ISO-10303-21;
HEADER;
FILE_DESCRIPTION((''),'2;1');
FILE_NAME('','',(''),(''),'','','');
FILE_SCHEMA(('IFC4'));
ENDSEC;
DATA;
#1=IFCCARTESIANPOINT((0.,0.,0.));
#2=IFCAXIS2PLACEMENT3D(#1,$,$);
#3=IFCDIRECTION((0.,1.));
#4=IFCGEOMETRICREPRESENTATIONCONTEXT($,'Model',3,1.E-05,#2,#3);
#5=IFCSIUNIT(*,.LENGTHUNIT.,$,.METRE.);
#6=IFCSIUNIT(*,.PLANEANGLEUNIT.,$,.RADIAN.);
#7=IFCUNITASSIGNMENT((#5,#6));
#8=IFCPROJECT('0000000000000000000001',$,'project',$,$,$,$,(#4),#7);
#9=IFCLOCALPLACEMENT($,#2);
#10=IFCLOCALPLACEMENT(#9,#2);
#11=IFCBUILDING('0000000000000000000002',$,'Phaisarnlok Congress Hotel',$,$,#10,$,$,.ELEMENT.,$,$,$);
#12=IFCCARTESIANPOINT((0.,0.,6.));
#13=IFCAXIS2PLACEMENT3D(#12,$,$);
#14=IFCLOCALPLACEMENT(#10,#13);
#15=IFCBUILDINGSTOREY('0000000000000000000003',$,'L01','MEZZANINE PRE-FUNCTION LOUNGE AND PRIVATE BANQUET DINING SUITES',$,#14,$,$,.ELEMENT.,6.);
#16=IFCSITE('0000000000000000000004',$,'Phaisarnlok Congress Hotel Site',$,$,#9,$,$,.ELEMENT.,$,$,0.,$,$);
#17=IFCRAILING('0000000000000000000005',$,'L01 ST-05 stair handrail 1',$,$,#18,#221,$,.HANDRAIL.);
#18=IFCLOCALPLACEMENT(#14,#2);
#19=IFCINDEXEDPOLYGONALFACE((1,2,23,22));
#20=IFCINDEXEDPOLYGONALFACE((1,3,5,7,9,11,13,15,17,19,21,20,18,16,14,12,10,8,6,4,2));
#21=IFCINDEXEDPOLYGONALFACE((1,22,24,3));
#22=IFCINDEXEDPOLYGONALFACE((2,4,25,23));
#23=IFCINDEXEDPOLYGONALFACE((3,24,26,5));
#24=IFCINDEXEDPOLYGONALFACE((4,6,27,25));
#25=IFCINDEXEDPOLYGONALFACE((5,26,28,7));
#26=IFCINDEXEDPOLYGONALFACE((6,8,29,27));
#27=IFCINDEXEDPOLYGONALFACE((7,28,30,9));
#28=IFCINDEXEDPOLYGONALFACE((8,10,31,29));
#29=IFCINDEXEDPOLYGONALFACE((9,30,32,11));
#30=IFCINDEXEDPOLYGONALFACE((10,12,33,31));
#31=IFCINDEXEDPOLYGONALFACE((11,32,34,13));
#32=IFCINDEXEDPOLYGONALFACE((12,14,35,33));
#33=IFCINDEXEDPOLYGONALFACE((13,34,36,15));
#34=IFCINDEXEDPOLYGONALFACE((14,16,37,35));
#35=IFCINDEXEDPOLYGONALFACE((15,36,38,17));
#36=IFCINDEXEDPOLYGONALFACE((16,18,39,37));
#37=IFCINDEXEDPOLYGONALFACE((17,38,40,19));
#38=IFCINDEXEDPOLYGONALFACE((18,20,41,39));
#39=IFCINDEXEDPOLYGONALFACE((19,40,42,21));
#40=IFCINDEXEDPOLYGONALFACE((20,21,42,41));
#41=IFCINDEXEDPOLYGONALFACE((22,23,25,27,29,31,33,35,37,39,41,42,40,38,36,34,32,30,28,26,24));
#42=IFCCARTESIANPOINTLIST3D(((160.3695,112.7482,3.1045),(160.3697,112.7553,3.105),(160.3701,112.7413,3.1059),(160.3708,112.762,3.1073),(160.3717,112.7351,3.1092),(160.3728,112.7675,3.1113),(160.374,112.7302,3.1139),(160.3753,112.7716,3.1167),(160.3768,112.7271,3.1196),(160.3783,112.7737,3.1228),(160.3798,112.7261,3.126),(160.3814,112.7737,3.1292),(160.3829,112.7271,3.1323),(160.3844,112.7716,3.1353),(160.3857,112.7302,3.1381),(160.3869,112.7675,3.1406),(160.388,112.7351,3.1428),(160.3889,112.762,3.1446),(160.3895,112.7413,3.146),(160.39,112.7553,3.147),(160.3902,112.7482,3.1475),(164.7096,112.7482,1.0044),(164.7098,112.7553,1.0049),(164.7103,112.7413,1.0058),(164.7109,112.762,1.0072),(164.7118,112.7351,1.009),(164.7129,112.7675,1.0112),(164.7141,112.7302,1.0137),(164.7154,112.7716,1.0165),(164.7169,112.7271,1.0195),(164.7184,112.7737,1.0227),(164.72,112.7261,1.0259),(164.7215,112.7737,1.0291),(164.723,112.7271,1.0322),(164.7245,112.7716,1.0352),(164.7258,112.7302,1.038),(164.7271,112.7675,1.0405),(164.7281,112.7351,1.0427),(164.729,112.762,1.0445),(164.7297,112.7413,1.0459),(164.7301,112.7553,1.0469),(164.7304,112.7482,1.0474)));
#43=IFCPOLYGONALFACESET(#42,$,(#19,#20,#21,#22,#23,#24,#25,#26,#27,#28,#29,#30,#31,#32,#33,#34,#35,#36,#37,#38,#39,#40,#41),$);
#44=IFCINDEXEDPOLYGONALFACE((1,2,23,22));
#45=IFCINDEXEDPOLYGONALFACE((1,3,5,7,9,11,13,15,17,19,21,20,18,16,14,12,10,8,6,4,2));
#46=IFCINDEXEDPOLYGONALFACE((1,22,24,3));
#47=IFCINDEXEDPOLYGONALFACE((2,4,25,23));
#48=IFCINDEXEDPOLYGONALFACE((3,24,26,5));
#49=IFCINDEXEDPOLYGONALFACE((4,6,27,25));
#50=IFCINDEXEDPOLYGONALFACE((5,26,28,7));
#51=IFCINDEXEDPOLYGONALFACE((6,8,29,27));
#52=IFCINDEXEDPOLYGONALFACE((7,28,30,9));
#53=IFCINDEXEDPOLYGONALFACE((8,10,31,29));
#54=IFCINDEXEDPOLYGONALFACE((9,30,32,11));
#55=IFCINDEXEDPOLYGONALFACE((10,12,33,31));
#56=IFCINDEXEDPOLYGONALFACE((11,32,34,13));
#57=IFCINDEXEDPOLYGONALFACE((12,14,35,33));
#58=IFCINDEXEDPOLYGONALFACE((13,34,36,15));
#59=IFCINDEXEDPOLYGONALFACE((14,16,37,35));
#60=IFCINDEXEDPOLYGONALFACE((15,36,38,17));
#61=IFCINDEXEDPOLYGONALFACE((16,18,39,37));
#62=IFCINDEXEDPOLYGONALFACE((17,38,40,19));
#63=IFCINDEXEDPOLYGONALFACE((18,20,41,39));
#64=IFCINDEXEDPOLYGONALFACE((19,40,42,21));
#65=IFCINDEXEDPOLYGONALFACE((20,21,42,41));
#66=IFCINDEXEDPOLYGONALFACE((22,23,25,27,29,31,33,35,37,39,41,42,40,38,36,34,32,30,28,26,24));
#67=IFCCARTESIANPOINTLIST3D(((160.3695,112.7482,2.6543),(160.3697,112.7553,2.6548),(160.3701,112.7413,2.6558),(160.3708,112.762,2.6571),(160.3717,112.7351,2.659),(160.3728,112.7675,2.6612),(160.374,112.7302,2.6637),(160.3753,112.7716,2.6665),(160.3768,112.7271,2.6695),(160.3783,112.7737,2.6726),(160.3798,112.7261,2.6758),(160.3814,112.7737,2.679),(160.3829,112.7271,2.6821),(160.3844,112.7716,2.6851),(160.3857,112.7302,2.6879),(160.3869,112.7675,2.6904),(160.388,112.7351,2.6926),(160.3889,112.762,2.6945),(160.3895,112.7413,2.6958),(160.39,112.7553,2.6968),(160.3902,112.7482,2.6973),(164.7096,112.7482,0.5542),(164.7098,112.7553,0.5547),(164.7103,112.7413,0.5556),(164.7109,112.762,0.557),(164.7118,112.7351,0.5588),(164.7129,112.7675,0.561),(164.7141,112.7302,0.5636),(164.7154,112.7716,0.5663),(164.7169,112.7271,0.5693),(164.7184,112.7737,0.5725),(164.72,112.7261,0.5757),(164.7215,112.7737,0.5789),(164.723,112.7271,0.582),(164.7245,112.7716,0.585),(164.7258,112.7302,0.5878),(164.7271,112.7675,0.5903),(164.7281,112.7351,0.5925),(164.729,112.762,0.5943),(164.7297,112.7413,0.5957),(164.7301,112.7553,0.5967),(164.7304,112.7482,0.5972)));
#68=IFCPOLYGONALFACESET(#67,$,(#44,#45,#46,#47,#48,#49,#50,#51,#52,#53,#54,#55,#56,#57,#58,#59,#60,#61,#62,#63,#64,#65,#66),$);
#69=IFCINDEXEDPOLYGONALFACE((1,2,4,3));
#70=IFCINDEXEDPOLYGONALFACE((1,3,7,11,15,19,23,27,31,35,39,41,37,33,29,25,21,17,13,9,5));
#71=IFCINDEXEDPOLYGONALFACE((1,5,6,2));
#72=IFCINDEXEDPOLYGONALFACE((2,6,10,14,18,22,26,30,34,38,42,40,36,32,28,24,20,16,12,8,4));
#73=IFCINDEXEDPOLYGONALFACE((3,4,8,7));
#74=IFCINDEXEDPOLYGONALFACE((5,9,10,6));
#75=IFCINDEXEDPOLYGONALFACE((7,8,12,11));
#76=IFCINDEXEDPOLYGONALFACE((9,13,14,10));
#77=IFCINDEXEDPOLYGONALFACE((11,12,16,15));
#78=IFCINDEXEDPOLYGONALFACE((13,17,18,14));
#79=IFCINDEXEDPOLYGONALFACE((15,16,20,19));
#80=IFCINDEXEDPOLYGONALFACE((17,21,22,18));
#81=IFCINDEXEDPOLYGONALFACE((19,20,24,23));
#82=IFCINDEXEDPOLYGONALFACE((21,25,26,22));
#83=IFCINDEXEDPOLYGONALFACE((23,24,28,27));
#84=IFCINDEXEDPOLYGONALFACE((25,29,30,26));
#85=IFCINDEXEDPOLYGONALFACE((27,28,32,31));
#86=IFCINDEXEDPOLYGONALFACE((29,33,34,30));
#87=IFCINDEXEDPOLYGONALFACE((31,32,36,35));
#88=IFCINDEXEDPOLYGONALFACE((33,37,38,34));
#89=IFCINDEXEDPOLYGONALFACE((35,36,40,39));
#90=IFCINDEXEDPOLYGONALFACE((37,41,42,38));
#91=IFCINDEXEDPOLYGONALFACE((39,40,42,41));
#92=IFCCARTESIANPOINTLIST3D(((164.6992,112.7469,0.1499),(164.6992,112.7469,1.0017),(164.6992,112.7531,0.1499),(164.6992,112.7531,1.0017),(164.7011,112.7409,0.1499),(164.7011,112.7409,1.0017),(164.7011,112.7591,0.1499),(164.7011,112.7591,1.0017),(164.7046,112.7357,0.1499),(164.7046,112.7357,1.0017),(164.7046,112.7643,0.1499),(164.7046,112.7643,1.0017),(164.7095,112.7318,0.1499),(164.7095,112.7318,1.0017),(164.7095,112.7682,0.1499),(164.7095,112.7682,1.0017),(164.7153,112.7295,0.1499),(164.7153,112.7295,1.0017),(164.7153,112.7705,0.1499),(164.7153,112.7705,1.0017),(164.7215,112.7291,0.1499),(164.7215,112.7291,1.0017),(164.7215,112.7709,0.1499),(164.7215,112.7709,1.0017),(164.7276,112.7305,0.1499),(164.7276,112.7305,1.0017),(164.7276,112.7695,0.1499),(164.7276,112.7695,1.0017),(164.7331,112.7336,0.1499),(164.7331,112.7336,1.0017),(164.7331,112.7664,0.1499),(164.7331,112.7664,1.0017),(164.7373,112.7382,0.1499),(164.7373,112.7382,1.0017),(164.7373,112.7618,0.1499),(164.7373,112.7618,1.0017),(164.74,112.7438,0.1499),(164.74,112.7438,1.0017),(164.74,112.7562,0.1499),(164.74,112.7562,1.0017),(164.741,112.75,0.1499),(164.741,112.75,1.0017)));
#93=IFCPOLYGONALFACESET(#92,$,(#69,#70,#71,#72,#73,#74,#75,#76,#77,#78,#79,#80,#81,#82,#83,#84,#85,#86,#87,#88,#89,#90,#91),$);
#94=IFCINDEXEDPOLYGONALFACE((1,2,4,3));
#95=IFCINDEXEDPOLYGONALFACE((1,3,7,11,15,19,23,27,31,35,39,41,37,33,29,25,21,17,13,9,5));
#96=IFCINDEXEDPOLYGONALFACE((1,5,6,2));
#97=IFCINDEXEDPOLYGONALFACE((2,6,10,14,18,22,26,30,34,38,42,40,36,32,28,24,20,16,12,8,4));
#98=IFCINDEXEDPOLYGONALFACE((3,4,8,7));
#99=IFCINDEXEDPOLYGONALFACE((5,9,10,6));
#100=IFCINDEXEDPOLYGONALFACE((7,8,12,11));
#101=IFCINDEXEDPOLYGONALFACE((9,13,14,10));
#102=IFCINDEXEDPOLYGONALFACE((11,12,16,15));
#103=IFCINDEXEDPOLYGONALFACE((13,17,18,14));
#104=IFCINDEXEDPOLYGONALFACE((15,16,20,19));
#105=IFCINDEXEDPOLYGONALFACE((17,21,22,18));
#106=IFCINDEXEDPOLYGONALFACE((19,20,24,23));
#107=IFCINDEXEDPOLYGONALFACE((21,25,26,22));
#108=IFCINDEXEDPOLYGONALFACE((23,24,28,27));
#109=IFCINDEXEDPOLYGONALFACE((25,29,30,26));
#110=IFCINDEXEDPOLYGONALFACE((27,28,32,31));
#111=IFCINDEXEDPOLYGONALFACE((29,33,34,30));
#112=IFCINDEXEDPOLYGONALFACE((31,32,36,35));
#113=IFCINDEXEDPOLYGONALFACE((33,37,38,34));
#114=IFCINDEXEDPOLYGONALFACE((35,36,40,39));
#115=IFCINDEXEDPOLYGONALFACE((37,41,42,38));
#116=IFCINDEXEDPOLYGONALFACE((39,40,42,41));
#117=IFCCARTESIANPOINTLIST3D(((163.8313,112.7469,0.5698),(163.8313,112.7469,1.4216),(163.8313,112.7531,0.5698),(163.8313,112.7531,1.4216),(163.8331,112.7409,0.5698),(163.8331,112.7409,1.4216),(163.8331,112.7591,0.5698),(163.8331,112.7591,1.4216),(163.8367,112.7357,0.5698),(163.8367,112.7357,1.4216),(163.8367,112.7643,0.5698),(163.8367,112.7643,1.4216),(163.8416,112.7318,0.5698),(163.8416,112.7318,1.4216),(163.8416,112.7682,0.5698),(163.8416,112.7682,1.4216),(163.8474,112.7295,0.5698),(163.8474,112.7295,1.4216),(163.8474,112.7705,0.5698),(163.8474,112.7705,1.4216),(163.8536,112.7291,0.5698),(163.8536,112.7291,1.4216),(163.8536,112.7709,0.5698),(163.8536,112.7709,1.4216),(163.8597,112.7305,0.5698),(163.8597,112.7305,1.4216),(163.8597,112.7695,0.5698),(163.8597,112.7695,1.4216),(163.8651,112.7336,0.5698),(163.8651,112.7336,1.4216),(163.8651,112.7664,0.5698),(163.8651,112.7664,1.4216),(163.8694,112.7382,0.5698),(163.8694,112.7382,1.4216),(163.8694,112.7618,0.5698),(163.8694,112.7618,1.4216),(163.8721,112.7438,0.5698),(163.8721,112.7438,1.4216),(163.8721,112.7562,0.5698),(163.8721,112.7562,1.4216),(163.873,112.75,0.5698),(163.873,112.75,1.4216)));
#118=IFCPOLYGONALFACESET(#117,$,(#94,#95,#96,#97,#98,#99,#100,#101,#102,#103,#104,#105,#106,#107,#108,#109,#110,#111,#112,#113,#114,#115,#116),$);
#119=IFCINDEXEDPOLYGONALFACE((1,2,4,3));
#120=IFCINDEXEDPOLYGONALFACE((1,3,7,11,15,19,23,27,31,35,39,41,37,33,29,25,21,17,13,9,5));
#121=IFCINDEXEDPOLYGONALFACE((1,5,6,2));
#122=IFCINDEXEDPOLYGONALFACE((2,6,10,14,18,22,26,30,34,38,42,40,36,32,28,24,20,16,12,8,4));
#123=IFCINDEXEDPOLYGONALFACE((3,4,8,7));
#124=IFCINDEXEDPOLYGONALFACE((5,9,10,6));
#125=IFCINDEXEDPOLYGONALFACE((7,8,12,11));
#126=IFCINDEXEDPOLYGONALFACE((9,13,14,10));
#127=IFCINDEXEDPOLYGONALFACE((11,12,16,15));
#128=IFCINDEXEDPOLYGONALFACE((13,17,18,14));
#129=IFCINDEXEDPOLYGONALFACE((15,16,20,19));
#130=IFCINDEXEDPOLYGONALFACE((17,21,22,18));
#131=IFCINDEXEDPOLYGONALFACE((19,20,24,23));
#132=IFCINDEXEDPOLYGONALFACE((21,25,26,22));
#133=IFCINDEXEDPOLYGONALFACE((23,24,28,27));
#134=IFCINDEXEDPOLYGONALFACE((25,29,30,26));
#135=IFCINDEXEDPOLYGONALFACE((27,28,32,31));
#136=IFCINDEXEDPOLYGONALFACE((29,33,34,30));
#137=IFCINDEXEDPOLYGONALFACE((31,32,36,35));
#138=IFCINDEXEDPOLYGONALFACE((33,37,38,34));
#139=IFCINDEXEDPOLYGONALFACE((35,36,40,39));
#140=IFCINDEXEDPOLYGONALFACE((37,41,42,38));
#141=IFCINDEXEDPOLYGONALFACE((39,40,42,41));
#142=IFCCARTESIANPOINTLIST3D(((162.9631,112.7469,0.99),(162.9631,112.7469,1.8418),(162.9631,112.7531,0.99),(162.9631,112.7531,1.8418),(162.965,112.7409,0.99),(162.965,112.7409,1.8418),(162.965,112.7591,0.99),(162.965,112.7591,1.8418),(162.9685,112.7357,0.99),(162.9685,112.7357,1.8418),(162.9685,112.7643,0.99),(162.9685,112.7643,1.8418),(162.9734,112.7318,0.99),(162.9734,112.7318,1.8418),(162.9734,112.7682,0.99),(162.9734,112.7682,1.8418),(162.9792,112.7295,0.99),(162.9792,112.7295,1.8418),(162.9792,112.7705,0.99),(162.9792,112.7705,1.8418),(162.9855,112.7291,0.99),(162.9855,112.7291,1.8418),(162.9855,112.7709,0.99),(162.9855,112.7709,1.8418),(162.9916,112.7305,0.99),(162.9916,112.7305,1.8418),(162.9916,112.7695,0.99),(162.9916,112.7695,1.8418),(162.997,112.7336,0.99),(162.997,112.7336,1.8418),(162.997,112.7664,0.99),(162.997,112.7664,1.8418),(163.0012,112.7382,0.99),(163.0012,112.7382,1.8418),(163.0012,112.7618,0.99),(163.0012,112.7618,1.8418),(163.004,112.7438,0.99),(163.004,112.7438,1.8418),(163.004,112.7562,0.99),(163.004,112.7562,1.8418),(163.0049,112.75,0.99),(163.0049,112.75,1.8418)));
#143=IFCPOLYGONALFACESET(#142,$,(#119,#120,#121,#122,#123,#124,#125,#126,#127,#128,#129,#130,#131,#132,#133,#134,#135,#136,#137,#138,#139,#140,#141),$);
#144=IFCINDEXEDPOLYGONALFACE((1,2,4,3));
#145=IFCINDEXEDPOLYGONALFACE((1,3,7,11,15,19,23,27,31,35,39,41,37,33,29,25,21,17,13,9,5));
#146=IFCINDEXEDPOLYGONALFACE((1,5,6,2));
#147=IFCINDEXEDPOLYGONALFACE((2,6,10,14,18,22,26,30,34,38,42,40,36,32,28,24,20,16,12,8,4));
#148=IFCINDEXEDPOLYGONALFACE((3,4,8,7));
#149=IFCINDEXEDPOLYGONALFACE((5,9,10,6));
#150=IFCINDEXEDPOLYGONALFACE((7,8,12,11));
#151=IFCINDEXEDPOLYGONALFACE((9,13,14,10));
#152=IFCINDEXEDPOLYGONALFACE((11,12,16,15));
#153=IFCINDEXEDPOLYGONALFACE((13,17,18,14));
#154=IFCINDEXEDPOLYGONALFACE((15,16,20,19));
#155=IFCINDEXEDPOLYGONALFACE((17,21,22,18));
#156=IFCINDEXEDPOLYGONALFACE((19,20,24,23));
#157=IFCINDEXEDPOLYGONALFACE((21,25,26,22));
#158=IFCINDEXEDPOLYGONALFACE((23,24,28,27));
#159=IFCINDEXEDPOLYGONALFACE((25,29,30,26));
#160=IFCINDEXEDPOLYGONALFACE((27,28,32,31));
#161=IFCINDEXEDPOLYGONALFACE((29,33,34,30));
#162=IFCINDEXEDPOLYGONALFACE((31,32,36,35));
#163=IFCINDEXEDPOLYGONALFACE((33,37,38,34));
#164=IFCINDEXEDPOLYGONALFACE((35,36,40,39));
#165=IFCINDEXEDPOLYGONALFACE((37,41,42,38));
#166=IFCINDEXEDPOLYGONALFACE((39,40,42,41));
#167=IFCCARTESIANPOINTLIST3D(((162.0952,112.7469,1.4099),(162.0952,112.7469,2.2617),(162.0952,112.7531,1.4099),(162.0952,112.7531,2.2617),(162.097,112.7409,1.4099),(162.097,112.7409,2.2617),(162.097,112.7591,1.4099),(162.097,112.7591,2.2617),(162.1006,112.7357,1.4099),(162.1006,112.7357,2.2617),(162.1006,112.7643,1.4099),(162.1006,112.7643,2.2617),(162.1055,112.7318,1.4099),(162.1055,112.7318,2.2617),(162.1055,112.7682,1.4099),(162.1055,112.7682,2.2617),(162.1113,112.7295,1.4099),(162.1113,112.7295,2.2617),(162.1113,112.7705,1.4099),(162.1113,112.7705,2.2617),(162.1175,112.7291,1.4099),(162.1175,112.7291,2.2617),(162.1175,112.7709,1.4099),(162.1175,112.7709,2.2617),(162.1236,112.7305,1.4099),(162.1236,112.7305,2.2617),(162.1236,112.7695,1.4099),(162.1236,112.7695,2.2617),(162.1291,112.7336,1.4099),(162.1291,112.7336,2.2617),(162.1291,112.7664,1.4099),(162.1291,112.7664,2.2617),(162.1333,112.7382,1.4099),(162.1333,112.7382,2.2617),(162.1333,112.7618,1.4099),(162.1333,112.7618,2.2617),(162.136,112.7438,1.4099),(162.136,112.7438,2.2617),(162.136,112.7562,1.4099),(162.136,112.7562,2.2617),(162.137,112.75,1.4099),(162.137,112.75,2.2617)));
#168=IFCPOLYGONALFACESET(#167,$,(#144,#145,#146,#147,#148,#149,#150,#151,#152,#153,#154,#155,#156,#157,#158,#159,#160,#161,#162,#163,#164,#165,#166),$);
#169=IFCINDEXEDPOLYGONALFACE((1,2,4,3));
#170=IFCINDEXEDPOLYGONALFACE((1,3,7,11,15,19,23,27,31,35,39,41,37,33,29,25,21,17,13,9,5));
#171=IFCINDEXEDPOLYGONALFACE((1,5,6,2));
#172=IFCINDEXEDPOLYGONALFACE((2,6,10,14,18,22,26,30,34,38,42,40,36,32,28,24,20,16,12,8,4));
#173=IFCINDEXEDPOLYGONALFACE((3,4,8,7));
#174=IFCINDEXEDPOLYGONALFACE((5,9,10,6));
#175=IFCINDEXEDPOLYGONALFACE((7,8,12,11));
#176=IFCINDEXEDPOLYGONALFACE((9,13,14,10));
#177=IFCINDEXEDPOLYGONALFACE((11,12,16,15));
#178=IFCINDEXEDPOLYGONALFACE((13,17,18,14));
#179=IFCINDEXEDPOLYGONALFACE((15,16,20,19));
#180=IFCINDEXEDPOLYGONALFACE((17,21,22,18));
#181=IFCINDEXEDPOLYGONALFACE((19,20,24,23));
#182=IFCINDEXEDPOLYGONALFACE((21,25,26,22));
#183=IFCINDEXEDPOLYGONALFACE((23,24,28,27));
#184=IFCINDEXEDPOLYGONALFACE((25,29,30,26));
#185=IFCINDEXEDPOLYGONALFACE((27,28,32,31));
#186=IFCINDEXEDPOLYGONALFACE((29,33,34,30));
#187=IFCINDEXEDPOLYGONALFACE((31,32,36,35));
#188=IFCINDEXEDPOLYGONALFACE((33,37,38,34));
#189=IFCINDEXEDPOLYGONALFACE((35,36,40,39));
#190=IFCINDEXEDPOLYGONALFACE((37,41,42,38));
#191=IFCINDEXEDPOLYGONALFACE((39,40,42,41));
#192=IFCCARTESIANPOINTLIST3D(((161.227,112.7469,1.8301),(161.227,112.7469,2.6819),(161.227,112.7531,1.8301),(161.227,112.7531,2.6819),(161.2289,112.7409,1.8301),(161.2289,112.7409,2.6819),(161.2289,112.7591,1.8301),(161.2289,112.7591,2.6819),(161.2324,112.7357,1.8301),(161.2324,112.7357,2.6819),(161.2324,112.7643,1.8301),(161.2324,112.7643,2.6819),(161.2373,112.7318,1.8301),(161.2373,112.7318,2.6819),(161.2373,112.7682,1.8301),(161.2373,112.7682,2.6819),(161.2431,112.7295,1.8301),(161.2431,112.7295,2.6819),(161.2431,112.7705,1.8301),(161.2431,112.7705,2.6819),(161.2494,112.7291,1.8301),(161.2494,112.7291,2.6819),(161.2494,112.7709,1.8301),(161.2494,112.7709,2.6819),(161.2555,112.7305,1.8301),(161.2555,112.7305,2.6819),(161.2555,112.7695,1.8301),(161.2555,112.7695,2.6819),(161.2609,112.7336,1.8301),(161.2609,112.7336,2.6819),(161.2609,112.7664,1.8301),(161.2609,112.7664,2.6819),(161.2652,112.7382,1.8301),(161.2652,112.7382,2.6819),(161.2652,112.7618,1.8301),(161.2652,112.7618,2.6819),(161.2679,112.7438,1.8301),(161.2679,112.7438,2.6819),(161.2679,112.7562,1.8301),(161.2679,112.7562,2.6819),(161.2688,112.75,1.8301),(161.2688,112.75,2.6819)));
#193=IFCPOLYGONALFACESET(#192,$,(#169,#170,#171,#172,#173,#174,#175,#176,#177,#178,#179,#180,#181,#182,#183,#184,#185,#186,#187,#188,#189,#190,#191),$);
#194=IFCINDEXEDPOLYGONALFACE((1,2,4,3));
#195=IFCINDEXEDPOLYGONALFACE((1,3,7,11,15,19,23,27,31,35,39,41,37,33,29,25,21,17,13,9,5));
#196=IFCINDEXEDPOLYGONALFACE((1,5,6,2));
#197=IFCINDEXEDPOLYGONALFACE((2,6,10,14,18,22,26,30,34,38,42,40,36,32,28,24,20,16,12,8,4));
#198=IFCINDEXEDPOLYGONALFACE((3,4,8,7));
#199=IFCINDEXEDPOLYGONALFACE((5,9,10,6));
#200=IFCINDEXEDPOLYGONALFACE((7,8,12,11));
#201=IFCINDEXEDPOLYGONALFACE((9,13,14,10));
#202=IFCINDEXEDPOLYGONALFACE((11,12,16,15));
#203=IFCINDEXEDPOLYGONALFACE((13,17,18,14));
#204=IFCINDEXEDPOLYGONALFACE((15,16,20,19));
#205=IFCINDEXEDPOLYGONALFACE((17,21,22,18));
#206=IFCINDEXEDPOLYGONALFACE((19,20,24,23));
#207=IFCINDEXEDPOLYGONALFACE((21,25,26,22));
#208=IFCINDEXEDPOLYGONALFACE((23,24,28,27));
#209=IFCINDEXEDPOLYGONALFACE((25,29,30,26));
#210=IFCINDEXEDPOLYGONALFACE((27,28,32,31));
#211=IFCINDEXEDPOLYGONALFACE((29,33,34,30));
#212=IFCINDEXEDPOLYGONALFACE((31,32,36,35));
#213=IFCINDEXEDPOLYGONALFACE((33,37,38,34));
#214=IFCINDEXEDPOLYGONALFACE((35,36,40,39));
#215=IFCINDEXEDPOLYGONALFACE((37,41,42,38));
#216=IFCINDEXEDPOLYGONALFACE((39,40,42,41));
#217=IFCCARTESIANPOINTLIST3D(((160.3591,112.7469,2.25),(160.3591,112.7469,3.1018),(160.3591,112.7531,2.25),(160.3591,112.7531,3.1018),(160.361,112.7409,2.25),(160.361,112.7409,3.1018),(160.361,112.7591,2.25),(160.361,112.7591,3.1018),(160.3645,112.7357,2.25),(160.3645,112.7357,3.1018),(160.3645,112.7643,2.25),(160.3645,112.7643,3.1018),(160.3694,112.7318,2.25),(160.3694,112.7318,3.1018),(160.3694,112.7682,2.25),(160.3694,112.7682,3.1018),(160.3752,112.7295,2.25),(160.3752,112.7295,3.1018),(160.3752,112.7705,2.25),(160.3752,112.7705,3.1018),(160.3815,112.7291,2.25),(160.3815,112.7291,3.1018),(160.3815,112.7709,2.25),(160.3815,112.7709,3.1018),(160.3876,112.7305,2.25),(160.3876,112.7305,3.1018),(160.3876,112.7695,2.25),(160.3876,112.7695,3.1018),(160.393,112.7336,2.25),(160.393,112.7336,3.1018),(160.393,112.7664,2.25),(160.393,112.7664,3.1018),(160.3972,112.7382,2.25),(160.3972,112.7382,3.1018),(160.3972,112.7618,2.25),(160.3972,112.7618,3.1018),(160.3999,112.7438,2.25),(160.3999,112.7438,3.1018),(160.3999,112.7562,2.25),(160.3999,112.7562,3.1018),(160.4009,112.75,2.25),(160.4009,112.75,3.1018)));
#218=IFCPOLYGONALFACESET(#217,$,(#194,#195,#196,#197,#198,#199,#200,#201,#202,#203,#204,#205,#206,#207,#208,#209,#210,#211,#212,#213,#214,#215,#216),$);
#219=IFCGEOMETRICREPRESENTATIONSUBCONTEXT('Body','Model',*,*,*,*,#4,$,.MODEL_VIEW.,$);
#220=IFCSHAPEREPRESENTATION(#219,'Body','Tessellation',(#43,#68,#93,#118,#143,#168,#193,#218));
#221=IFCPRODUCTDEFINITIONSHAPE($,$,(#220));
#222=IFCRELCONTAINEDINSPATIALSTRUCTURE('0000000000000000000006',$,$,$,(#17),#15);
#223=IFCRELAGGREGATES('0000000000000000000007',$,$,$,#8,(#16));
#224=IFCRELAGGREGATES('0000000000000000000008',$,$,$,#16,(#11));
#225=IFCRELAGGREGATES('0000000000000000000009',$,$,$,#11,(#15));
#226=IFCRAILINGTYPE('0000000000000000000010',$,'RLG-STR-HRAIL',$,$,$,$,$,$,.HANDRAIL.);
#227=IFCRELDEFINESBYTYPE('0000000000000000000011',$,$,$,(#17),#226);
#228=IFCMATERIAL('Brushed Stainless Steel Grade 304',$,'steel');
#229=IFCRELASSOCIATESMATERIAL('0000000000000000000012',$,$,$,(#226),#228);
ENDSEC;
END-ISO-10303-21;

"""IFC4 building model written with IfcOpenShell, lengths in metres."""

from ifc_helpers import new_model, si_unit, direction, frame, origin, origin_2d, place, context, subcontext, project, spatial, circle, extrude, material, type_object, element, save


model = new_model("IFC4")

# Units and contexts
model_context = context("Model", 3, precision=1e-05, world=origin(), true_north=direction((0.0, 1.0)))
body_context = subcontext(model_context, "Body", "Model", "MODEL_VIEW")
ifc_project = project(units=[si_unit("LENGTHUNIT", "METRE"), si_unit("PLANEANGLEUNIT", "RADIAN")], contexts=[model_context])

# Site, building, storey
site_placement = place(None, origin())
site = spatial("IfcSite", under=ifc_project, at=site_placement, Name="Phaisarnlok Congress Hotel Site", CompositionType="ELEMENT", RefElevation=0.0)
building_placement = place(site_placement, origin())
building = spatial("IfcBuilding", under=site, at=building_placement, Name="Phaisarnlok Congress Hotel", CompositionType="ELEMENT")
storey_placement = place(building_placement, frame((0.0, 0.0, 6.0)))
storey = spatial("IfcBuildingStorey", under=building, at=storey_placement, Name="L01", Description="MEZZANINE PRE-FUNCTION LOUNGE AND PRIVATE BANQUET DINING SUITES", CompositionType="ELEMENT", Elevation=6.0)

# Shared definitions
ifc_material_1 = material(Name="Brushed Stainless Steel Grade 304", Category="steel")

# Railing
railing_type_1 = type_object("IfcRailingType", Name="RLG-STR-HRAIL", PredefinedType="HANDRAIL", material=ifc_material_1)
railing_1_placement = place(storey_placement, frame((164.72, 112.75, 0.1499)))
element("IfcRailing", 1, at=railing_1_placement, inside=storey, type_object=railing_type_1, Name="L01 ST-05 stair handrail 1", PredefinedType="HANDRAIL", context=body_context, shape_type="SweptSolid", body=[
    extrude(circle(Radius=0.0239, at=origin_2d()), frame((0.0, 0.0, 0.876), z_axis=(-0.900155, 0.0, 0.43557), x_axis=(0.0, -1.0, 0.0)), (0.0, 0.0, 1.0), 4.8215),
    extrude(circle(Radius=0.0239, at=origin_2d()), frame((0.0, 0.0, 0.4258), z_axis=(-0.900155, 0.0, 0.43557), x_axis=(0.0, -1.0, 0.0)), (0.0, 0.0, 1.0), 4.8215),
    extrude(circle(Radius=0.021, at=origin_2d()), origin(), (0.0, 0.0, 1.0), 0.8518),
    extrude(circle(Radius=0.021, at=origin_2d()), frame((-0.8679, 0.0, 0.4199)), (0.0, 0.0, 1.0), 0.8518),
    extrude(circle(Radius=0.021, at=origin_2d()), frame((-1.7361, 0.0, 0.8401)), (0.0, 0.0, 1.0), 0.8518),
    extrude(circle(Radius=0.021, at=origin_2d()), frame((-2.604, 0.0, 1.26)), (0.0, 0.0, 1.0), 0.8518),
    extrude(circle(Radius=0.021, at=origin_2d()), frame((-3.4722, 0.0, 1.6802)), (0.0, 0.0, 1.0), 0.8518),
    extrude(circle(Radius=0.021, at=origin_2d()), frame((-4.3401, 0.0, 2.1001)), (0.0, 0.0, 1.0), 0.8518),
])

save(model, "model.ifc")
